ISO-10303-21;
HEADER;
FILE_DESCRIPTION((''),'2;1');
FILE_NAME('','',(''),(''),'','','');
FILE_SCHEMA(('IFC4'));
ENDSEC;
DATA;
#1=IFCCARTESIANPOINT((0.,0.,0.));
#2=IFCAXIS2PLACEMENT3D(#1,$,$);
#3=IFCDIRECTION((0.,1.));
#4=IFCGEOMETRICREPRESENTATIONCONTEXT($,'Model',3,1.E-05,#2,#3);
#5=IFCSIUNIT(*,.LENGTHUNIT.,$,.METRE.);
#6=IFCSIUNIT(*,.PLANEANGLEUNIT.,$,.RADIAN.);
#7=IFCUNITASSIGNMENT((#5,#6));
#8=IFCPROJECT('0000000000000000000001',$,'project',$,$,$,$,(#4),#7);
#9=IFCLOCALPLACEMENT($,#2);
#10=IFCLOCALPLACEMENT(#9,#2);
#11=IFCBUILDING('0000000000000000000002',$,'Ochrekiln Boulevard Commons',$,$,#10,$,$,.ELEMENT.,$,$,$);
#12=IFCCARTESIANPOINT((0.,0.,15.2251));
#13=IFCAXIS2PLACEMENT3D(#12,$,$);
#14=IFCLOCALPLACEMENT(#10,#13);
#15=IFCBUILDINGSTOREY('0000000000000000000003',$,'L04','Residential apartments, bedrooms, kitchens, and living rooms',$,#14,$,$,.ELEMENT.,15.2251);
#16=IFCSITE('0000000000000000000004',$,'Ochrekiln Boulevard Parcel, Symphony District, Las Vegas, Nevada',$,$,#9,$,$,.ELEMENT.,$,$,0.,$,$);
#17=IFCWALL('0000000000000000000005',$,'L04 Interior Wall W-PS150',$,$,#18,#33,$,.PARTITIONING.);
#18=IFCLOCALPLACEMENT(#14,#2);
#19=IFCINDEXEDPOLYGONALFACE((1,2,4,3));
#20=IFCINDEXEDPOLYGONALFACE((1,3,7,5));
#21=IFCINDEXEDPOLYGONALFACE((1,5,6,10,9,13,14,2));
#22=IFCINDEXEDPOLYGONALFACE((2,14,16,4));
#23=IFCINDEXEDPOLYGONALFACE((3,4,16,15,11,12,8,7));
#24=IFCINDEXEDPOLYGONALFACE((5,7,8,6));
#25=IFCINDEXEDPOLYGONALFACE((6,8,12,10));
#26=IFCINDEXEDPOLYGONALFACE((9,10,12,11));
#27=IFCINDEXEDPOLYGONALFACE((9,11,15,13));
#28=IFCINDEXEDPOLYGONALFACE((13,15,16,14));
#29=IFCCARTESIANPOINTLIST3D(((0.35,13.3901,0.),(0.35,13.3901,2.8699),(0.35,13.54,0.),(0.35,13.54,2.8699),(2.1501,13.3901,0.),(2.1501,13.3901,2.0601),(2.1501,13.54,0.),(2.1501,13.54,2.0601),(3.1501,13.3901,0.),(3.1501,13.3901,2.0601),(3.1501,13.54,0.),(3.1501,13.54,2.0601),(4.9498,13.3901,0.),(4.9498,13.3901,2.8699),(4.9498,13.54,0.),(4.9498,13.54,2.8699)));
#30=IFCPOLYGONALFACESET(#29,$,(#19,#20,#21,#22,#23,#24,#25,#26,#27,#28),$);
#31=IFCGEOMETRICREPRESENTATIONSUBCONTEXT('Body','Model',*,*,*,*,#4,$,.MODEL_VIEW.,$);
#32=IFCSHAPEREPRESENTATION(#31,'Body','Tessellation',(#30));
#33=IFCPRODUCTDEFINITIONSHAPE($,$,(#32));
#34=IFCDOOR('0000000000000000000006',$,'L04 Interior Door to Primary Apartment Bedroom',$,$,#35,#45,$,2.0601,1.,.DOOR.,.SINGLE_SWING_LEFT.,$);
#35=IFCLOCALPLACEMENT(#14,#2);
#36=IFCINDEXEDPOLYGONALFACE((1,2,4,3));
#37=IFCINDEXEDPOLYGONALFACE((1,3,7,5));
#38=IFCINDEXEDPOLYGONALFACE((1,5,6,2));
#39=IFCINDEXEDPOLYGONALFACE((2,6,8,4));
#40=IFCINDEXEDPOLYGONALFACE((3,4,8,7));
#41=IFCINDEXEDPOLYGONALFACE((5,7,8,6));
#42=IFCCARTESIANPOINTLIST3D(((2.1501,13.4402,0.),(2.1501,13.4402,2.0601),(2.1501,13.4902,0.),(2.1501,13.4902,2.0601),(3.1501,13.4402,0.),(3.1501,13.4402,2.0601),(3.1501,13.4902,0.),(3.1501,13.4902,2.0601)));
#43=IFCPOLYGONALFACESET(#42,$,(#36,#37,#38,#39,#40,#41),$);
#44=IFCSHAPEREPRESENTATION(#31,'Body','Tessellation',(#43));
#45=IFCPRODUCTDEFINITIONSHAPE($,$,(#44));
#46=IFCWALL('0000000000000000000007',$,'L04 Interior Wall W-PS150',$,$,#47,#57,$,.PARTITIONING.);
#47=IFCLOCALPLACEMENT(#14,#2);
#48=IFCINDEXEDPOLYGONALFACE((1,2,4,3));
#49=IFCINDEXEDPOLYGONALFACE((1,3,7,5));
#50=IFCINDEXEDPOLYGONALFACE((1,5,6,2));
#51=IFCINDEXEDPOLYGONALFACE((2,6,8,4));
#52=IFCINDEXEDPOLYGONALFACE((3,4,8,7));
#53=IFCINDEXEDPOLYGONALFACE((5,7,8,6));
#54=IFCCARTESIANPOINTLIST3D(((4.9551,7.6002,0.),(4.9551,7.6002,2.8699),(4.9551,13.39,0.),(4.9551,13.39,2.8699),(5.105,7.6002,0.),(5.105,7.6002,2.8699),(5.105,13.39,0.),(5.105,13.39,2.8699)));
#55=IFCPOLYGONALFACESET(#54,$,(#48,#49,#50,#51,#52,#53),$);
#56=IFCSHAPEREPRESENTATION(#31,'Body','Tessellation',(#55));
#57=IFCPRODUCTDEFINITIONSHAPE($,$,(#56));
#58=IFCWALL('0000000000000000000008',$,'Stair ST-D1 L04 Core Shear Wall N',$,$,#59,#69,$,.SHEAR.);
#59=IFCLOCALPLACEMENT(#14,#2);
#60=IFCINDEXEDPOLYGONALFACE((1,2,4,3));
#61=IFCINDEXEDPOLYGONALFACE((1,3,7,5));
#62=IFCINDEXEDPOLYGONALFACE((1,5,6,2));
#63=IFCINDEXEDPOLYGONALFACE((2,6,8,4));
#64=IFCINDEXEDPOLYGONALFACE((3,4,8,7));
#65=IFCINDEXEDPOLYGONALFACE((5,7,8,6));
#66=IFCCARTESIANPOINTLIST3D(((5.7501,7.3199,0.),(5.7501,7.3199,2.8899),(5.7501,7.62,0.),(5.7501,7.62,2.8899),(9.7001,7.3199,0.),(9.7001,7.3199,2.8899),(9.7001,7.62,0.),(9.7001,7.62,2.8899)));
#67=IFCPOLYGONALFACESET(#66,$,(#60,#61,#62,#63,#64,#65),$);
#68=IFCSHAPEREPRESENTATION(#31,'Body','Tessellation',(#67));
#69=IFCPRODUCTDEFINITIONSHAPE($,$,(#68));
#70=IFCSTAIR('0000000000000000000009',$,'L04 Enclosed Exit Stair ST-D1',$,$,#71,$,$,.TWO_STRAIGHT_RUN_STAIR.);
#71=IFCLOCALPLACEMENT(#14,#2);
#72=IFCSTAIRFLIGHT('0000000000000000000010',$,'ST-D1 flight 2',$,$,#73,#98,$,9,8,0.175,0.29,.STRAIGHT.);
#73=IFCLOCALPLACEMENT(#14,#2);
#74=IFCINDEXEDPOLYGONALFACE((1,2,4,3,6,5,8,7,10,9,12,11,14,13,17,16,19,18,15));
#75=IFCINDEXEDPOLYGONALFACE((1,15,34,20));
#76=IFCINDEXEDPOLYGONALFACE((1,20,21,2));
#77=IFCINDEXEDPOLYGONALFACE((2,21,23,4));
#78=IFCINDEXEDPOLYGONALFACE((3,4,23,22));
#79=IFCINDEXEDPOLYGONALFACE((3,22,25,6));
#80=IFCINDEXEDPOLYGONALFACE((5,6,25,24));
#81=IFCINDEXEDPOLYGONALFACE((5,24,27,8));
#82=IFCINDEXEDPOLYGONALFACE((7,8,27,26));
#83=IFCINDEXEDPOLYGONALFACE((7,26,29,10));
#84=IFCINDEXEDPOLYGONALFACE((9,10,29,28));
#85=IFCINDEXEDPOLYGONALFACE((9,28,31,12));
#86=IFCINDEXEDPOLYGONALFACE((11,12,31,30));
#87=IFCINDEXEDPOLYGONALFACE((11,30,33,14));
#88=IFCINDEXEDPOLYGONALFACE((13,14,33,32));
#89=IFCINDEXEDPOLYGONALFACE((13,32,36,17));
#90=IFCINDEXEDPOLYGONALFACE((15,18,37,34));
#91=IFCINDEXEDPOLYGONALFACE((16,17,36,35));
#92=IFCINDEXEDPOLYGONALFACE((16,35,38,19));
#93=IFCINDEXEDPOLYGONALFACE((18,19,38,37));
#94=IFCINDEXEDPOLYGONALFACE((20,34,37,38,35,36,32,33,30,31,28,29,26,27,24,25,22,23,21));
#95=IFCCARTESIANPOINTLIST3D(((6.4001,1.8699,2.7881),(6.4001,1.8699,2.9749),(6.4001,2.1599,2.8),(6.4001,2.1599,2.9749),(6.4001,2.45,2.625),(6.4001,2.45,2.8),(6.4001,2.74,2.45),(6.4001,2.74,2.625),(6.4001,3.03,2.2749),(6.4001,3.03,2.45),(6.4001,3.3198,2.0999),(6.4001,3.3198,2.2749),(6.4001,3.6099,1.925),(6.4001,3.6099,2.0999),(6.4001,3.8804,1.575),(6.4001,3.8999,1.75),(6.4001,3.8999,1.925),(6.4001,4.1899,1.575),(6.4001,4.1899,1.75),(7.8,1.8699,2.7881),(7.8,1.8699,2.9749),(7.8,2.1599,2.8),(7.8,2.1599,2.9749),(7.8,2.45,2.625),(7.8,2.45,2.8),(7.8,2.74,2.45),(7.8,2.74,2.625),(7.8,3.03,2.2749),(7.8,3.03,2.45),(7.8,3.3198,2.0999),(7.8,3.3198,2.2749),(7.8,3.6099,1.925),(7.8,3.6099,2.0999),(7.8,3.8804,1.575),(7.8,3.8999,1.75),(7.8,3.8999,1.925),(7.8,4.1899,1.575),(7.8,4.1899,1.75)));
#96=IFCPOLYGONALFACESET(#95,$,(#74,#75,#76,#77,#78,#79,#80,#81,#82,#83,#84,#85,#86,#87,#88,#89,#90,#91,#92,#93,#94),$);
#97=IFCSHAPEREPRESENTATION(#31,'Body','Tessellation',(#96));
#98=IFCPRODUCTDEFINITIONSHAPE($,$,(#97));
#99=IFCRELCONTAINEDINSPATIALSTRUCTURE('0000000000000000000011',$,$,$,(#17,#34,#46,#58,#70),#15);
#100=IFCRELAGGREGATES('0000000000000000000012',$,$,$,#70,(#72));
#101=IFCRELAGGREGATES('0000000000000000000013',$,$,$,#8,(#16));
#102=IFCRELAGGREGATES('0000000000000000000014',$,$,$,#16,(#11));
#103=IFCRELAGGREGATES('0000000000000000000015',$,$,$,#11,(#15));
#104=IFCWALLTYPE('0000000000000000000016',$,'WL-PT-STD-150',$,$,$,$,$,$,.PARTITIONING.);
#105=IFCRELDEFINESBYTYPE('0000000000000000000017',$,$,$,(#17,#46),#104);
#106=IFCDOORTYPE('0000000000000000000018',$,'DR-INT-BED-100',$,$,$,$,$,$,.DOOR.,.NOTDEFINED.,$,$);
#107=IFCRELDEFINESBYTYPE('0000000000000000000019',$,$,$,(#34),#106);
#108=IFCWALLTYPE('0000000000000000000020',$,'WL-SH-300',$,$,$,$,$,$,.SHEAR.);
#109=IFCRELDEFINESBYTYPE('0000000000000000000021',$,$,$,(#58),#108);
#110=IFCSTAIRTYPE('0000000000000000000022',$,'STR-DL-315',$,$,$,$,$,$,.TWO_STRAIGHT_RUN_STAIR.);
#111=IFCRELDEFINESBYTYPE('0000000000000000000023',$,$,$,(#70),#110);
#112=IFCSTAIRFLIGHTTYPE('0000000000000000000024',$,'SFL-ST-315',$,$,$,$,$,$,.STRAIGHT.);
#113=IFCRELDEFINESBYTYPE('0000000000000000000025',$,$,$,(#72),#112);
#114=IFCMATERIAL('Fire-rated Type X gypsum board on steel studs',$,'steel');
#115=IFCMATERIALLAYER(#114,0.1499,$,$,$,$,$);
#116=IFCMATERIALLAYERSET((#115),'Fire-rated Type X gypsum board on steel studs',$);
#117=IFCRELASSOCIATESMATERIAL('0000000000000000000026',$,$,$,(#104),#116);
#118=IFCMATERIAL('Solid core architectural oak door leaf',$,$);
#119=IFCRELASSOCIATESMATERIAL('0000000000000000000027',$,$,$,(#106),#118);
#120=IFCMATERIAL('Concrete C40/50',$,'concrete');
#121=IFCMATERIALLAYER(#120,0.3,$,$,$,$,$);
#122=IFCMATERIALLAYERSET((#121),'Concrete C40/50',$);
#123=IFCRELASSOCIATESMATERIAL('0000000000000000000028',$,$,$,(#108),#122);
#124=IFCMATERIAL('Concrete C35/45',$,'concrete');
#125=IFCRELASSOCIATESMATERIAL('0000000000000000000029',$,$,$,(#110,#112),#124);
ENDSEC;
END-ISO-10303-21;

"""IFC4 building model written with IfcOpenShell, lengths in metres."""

from ifc_helpers import new_model, si_unit, direction, frame, frame_2d, origin, place, context, subcontext, project, spatial, polyline, rectangle, outline, extrude, material, layer, layer_set, type_object, element, fill, aggregate, save


model = new_model("IFC4")

# Units and contexts
model_context = context("Model", 3, precision=1e-05, world=origin(), true_north=direction((0.0, 1.0)))
body_context = subcontext(model_context, "Body", "Model", "MODEL_VIEW")
ifc_project = project(units=[si_unit("LENGTHUNIT", "METRE"), si_unit("PLANEANGLEUNIT", "RADIAN")], contexts=[model_context])

# Site, building, storey
site_placement = place(None, origin())
site = spatial("IfcSite", under=ifc_project, at=site_placement, Name="Ochrekiln Boulevard Parcel, Symphony District, Las Vegas, Nevada", CompositionType="ELEMENT", RefElevation=0.0)
building_placement = place(site_placement, origin())
building = spatial("IfcBuilding", under=site, at=building_placement, Name="Ochrekiln Boulevard Commons", CompositionType="ELEMENT")
storey_placement = place(building_placement, frame((0.0, 0.0, 15.2251)))
storey = spatial("IfcBuildingStorey", under=building, at=storey_placement, Name="L04", Description="Residential apartments, bedrooms, kitchens, and living rooms", CompositionType="ELEMENT", Elevation=15.2251)

# Shared definitions
ifc_material_1 = material(Name="Concrete C40/50", Category="concrete")

# Shared definitions
ifc_material_2 = material(Name="Concrete C35/45", Category="concrete")

# Wall, opening, door
ifc_material_3 = material(Name="Solid core architectural oak door leaf")
ifc_material_4 = material(Name="Fire-rated Type X gypsum board on steel studs", Category="steel")
ifc_layer_1 = layer(ifc_material_4, 0.1499)
ifc_layer_set_1 = layer_set([ifc_layer_1], Name="Fire-rated Type X gypsum board on steel studs")
wall_type_1 = type_object("IfcWallType", Name="WL-PT-STD-150", PredefinedType="PARTITIONING", material=ifc_layer_set_1)
wall_1_placement = place(storey_placement, frame((0.3501, 13.4651, 0.0), z_axis=(0.0, 0.0, 1.0), x_axis=(1.0, 0.0, 0.0)))
wall_1 = element("IfcWall", 1, at=wall_1_placement, inside=storey, type_object=wall_type_1, Name="L04 Interior Wall W-PS150", PredefinedType="PARTITIONING", context=body_context, shape_type="SweptSolid", body=[
    extrude(rectangle(XDim=4.5999, YDim=0.1499, at=frame_2d((2.2998, 0.0))), origin(), (0.0, 0.0, 1.0), 2.8699),
])
opening_1_placement = place(wall_1_placement, frame((1.8, 0.0, 0.0)))
opening_1 = element("IfcOpeningElement", 2, at=opening_1_placement, cuts=wall_1, PredefinedType="OPENING", context=body_context, shape_type="SweptSolid", body=[
    extrude(rectangle(XDim=1.0, YDim=2.0601, at=frame_2d((0.5, 1.03))), frame((0.0, 0.085, 0.0), z_axis=(0.0, -1.0, 0.0), x_axis=(1.0, 0.0, 0.0)), (0.0, 0.0, 1.0), 0.1699),
])
door_type_1 = type_object("IfcDoorType", Name="DR-INT-BED-100", OperationType="NOTDEFINED", PredefinedType="DOOR", material=ifc_material_3)
door_1_placement = place(opening_1_placement, frame((1.0, 0.0, 0.0), z_axis=(0.0, 0.0, 1.0), x_axis=(-1.0, 0.0, 0.0)))
door_1 = element("IfcDoor", 3, at=door_1_placement, inside=storey, type_object=door_type_1, Name="L04 Interior Door to Primary Apartment Bedroom", OperationType="SINGLE_SWING_LEFT", OverallHeight=2.0601, OverallWidth=1.0, PredefinedType="DOOR", context=body_context, shape_type="SweptSolid", body=[
    extrude(rectangle(XDim=1.0, YDim=2.0601, at=frame_2d((0.5, 1.03))), frame((0.0, 0.0249, 0.0), z_axis=(0.0, -1.0, 0.0), x_axis=(1.0, 0.0, 0.0)), (0.0, 0.0, 1.0), 0.05),
])
fill(opening_1, door_1)

# Walls
wall_2_placement = place(storey_placement, frame((5.03, 7.6001, 0.0), z_axis=(0.0, 0.0, 1.0), x_axis=(0.0, 1.0, 0.0)))
element("IfcWall", 4, at=wall_2_placement, inside=storey, type_object=wall_type_1, Name="L04 Interior Wall W-PS150", PredefinedType="PARTITIONING", context=body_context, shape_type="SweptSolid", body=[
    extrude(rectangle(XDim=5.7898, YDim=0.1499, at=frame_2d((2.895, 0.0))), origin(), (0.0, 0.0, 1.0), 2.8699),
])
ifc_layer_2 = layer(ifc_material_1, 0.3)
ifc_layer_set_2 = layer_set([ifc_layer_2], Name="Concrete C40/50")
wall_type_2 = type_object("IfcWallType", Name="WL-SH-300", PredefinedType="SHEAR", material=ifc_layer_set_2)
wall_3_placement = place(storey_placement, frame((5.75, 7.47, 0.0), z_axis=(0.0, 0.0, 1.0), x_axis=(1.0, 0.0, 0.0)))
element("IfcWall", 5, at=wall_3_placement, inside=storey, type_object=wall_type_2, Name="Stair ST-D1 L04 Core Shear Wall N", PredefinedType="SHEAR", context=body_context, shape_type="SweptSolid", body=[
    extrude(rectangle(XDim=3.95, YDim=0.3, at=frame_2d((1.9751, 0.0))), origin(), (0.0, 0.0, 1.0), 2.8899),
])

# Stair, stair flight
stair_type = type_object("IfcStairType", Name="STR-DL-315", PredefinedType="TWO_STRAIGHT_RUN_STAIR", material=ifc_material_2)
stair_placement = place(storey_placement, origin())
stair = element("IfcStair", 6, at=stair_placement, inside=storey, type_object=stair_type, Name="L04 Enclosed Exit Stair ST-D1", PredefinedType="TWO_STRAIGHT_RUN_STAIR")
stair_flight_type = type_object("IfcStairFlightType", Name="SFL-ST-315", PredefinedType="STRAIGHT", material=ifc_material_2)
stair_flight_placement = place(storey_placement, frame((7.1001, 4.1899, 1.575), z_axis=(0.0, 0.0, 1.0), x_axis=(0.0, -1.0, 0.0)))
stair_flight = element("IfcStairFlight", 7, at=stair_flight_placement, type_object=stair_flight_type, Name="ST-D1 flight 2", NumberOfRisers=9, NumberOfTreads=8, PredefinedType="STRAIGHT", RiserHeight=0.175, TreadLength=0.29, context=body_context, shape_type="SweptSolid", body=[
    extrude(outline(polyline([(0.0, 0.0), (0.0, 0.175), (0.29, 0.175), (0.29, 0.3501), (0.5801, 0.3501), (0.5801, 0.5249), (0.8701, 0.5249), (0.8701, 0.7), (1.1599, 0.7), (1.1599, 0.875), (1.45, 0.875), (1.45, 1.05), (1.74, 1.05), (1.74, 1.2251), (2.03, 1.2251), (2.03, 1.3999), (2.3201, 1.3999), (2.3201, 1.575), (2.3201, 1.2131), (0.3096, 0.0), (0.0, 0.0)])), frame((0.0, 0.7, 0.0), z_axis=(0.0, -1.0, 0.0), x_axis=(1.0, 0.0, 0.0)), (0.0, 0.0, 1.0), 1.3999),
])
aggregate(stair, [stair_flight])

save(model, "model.ifc")
